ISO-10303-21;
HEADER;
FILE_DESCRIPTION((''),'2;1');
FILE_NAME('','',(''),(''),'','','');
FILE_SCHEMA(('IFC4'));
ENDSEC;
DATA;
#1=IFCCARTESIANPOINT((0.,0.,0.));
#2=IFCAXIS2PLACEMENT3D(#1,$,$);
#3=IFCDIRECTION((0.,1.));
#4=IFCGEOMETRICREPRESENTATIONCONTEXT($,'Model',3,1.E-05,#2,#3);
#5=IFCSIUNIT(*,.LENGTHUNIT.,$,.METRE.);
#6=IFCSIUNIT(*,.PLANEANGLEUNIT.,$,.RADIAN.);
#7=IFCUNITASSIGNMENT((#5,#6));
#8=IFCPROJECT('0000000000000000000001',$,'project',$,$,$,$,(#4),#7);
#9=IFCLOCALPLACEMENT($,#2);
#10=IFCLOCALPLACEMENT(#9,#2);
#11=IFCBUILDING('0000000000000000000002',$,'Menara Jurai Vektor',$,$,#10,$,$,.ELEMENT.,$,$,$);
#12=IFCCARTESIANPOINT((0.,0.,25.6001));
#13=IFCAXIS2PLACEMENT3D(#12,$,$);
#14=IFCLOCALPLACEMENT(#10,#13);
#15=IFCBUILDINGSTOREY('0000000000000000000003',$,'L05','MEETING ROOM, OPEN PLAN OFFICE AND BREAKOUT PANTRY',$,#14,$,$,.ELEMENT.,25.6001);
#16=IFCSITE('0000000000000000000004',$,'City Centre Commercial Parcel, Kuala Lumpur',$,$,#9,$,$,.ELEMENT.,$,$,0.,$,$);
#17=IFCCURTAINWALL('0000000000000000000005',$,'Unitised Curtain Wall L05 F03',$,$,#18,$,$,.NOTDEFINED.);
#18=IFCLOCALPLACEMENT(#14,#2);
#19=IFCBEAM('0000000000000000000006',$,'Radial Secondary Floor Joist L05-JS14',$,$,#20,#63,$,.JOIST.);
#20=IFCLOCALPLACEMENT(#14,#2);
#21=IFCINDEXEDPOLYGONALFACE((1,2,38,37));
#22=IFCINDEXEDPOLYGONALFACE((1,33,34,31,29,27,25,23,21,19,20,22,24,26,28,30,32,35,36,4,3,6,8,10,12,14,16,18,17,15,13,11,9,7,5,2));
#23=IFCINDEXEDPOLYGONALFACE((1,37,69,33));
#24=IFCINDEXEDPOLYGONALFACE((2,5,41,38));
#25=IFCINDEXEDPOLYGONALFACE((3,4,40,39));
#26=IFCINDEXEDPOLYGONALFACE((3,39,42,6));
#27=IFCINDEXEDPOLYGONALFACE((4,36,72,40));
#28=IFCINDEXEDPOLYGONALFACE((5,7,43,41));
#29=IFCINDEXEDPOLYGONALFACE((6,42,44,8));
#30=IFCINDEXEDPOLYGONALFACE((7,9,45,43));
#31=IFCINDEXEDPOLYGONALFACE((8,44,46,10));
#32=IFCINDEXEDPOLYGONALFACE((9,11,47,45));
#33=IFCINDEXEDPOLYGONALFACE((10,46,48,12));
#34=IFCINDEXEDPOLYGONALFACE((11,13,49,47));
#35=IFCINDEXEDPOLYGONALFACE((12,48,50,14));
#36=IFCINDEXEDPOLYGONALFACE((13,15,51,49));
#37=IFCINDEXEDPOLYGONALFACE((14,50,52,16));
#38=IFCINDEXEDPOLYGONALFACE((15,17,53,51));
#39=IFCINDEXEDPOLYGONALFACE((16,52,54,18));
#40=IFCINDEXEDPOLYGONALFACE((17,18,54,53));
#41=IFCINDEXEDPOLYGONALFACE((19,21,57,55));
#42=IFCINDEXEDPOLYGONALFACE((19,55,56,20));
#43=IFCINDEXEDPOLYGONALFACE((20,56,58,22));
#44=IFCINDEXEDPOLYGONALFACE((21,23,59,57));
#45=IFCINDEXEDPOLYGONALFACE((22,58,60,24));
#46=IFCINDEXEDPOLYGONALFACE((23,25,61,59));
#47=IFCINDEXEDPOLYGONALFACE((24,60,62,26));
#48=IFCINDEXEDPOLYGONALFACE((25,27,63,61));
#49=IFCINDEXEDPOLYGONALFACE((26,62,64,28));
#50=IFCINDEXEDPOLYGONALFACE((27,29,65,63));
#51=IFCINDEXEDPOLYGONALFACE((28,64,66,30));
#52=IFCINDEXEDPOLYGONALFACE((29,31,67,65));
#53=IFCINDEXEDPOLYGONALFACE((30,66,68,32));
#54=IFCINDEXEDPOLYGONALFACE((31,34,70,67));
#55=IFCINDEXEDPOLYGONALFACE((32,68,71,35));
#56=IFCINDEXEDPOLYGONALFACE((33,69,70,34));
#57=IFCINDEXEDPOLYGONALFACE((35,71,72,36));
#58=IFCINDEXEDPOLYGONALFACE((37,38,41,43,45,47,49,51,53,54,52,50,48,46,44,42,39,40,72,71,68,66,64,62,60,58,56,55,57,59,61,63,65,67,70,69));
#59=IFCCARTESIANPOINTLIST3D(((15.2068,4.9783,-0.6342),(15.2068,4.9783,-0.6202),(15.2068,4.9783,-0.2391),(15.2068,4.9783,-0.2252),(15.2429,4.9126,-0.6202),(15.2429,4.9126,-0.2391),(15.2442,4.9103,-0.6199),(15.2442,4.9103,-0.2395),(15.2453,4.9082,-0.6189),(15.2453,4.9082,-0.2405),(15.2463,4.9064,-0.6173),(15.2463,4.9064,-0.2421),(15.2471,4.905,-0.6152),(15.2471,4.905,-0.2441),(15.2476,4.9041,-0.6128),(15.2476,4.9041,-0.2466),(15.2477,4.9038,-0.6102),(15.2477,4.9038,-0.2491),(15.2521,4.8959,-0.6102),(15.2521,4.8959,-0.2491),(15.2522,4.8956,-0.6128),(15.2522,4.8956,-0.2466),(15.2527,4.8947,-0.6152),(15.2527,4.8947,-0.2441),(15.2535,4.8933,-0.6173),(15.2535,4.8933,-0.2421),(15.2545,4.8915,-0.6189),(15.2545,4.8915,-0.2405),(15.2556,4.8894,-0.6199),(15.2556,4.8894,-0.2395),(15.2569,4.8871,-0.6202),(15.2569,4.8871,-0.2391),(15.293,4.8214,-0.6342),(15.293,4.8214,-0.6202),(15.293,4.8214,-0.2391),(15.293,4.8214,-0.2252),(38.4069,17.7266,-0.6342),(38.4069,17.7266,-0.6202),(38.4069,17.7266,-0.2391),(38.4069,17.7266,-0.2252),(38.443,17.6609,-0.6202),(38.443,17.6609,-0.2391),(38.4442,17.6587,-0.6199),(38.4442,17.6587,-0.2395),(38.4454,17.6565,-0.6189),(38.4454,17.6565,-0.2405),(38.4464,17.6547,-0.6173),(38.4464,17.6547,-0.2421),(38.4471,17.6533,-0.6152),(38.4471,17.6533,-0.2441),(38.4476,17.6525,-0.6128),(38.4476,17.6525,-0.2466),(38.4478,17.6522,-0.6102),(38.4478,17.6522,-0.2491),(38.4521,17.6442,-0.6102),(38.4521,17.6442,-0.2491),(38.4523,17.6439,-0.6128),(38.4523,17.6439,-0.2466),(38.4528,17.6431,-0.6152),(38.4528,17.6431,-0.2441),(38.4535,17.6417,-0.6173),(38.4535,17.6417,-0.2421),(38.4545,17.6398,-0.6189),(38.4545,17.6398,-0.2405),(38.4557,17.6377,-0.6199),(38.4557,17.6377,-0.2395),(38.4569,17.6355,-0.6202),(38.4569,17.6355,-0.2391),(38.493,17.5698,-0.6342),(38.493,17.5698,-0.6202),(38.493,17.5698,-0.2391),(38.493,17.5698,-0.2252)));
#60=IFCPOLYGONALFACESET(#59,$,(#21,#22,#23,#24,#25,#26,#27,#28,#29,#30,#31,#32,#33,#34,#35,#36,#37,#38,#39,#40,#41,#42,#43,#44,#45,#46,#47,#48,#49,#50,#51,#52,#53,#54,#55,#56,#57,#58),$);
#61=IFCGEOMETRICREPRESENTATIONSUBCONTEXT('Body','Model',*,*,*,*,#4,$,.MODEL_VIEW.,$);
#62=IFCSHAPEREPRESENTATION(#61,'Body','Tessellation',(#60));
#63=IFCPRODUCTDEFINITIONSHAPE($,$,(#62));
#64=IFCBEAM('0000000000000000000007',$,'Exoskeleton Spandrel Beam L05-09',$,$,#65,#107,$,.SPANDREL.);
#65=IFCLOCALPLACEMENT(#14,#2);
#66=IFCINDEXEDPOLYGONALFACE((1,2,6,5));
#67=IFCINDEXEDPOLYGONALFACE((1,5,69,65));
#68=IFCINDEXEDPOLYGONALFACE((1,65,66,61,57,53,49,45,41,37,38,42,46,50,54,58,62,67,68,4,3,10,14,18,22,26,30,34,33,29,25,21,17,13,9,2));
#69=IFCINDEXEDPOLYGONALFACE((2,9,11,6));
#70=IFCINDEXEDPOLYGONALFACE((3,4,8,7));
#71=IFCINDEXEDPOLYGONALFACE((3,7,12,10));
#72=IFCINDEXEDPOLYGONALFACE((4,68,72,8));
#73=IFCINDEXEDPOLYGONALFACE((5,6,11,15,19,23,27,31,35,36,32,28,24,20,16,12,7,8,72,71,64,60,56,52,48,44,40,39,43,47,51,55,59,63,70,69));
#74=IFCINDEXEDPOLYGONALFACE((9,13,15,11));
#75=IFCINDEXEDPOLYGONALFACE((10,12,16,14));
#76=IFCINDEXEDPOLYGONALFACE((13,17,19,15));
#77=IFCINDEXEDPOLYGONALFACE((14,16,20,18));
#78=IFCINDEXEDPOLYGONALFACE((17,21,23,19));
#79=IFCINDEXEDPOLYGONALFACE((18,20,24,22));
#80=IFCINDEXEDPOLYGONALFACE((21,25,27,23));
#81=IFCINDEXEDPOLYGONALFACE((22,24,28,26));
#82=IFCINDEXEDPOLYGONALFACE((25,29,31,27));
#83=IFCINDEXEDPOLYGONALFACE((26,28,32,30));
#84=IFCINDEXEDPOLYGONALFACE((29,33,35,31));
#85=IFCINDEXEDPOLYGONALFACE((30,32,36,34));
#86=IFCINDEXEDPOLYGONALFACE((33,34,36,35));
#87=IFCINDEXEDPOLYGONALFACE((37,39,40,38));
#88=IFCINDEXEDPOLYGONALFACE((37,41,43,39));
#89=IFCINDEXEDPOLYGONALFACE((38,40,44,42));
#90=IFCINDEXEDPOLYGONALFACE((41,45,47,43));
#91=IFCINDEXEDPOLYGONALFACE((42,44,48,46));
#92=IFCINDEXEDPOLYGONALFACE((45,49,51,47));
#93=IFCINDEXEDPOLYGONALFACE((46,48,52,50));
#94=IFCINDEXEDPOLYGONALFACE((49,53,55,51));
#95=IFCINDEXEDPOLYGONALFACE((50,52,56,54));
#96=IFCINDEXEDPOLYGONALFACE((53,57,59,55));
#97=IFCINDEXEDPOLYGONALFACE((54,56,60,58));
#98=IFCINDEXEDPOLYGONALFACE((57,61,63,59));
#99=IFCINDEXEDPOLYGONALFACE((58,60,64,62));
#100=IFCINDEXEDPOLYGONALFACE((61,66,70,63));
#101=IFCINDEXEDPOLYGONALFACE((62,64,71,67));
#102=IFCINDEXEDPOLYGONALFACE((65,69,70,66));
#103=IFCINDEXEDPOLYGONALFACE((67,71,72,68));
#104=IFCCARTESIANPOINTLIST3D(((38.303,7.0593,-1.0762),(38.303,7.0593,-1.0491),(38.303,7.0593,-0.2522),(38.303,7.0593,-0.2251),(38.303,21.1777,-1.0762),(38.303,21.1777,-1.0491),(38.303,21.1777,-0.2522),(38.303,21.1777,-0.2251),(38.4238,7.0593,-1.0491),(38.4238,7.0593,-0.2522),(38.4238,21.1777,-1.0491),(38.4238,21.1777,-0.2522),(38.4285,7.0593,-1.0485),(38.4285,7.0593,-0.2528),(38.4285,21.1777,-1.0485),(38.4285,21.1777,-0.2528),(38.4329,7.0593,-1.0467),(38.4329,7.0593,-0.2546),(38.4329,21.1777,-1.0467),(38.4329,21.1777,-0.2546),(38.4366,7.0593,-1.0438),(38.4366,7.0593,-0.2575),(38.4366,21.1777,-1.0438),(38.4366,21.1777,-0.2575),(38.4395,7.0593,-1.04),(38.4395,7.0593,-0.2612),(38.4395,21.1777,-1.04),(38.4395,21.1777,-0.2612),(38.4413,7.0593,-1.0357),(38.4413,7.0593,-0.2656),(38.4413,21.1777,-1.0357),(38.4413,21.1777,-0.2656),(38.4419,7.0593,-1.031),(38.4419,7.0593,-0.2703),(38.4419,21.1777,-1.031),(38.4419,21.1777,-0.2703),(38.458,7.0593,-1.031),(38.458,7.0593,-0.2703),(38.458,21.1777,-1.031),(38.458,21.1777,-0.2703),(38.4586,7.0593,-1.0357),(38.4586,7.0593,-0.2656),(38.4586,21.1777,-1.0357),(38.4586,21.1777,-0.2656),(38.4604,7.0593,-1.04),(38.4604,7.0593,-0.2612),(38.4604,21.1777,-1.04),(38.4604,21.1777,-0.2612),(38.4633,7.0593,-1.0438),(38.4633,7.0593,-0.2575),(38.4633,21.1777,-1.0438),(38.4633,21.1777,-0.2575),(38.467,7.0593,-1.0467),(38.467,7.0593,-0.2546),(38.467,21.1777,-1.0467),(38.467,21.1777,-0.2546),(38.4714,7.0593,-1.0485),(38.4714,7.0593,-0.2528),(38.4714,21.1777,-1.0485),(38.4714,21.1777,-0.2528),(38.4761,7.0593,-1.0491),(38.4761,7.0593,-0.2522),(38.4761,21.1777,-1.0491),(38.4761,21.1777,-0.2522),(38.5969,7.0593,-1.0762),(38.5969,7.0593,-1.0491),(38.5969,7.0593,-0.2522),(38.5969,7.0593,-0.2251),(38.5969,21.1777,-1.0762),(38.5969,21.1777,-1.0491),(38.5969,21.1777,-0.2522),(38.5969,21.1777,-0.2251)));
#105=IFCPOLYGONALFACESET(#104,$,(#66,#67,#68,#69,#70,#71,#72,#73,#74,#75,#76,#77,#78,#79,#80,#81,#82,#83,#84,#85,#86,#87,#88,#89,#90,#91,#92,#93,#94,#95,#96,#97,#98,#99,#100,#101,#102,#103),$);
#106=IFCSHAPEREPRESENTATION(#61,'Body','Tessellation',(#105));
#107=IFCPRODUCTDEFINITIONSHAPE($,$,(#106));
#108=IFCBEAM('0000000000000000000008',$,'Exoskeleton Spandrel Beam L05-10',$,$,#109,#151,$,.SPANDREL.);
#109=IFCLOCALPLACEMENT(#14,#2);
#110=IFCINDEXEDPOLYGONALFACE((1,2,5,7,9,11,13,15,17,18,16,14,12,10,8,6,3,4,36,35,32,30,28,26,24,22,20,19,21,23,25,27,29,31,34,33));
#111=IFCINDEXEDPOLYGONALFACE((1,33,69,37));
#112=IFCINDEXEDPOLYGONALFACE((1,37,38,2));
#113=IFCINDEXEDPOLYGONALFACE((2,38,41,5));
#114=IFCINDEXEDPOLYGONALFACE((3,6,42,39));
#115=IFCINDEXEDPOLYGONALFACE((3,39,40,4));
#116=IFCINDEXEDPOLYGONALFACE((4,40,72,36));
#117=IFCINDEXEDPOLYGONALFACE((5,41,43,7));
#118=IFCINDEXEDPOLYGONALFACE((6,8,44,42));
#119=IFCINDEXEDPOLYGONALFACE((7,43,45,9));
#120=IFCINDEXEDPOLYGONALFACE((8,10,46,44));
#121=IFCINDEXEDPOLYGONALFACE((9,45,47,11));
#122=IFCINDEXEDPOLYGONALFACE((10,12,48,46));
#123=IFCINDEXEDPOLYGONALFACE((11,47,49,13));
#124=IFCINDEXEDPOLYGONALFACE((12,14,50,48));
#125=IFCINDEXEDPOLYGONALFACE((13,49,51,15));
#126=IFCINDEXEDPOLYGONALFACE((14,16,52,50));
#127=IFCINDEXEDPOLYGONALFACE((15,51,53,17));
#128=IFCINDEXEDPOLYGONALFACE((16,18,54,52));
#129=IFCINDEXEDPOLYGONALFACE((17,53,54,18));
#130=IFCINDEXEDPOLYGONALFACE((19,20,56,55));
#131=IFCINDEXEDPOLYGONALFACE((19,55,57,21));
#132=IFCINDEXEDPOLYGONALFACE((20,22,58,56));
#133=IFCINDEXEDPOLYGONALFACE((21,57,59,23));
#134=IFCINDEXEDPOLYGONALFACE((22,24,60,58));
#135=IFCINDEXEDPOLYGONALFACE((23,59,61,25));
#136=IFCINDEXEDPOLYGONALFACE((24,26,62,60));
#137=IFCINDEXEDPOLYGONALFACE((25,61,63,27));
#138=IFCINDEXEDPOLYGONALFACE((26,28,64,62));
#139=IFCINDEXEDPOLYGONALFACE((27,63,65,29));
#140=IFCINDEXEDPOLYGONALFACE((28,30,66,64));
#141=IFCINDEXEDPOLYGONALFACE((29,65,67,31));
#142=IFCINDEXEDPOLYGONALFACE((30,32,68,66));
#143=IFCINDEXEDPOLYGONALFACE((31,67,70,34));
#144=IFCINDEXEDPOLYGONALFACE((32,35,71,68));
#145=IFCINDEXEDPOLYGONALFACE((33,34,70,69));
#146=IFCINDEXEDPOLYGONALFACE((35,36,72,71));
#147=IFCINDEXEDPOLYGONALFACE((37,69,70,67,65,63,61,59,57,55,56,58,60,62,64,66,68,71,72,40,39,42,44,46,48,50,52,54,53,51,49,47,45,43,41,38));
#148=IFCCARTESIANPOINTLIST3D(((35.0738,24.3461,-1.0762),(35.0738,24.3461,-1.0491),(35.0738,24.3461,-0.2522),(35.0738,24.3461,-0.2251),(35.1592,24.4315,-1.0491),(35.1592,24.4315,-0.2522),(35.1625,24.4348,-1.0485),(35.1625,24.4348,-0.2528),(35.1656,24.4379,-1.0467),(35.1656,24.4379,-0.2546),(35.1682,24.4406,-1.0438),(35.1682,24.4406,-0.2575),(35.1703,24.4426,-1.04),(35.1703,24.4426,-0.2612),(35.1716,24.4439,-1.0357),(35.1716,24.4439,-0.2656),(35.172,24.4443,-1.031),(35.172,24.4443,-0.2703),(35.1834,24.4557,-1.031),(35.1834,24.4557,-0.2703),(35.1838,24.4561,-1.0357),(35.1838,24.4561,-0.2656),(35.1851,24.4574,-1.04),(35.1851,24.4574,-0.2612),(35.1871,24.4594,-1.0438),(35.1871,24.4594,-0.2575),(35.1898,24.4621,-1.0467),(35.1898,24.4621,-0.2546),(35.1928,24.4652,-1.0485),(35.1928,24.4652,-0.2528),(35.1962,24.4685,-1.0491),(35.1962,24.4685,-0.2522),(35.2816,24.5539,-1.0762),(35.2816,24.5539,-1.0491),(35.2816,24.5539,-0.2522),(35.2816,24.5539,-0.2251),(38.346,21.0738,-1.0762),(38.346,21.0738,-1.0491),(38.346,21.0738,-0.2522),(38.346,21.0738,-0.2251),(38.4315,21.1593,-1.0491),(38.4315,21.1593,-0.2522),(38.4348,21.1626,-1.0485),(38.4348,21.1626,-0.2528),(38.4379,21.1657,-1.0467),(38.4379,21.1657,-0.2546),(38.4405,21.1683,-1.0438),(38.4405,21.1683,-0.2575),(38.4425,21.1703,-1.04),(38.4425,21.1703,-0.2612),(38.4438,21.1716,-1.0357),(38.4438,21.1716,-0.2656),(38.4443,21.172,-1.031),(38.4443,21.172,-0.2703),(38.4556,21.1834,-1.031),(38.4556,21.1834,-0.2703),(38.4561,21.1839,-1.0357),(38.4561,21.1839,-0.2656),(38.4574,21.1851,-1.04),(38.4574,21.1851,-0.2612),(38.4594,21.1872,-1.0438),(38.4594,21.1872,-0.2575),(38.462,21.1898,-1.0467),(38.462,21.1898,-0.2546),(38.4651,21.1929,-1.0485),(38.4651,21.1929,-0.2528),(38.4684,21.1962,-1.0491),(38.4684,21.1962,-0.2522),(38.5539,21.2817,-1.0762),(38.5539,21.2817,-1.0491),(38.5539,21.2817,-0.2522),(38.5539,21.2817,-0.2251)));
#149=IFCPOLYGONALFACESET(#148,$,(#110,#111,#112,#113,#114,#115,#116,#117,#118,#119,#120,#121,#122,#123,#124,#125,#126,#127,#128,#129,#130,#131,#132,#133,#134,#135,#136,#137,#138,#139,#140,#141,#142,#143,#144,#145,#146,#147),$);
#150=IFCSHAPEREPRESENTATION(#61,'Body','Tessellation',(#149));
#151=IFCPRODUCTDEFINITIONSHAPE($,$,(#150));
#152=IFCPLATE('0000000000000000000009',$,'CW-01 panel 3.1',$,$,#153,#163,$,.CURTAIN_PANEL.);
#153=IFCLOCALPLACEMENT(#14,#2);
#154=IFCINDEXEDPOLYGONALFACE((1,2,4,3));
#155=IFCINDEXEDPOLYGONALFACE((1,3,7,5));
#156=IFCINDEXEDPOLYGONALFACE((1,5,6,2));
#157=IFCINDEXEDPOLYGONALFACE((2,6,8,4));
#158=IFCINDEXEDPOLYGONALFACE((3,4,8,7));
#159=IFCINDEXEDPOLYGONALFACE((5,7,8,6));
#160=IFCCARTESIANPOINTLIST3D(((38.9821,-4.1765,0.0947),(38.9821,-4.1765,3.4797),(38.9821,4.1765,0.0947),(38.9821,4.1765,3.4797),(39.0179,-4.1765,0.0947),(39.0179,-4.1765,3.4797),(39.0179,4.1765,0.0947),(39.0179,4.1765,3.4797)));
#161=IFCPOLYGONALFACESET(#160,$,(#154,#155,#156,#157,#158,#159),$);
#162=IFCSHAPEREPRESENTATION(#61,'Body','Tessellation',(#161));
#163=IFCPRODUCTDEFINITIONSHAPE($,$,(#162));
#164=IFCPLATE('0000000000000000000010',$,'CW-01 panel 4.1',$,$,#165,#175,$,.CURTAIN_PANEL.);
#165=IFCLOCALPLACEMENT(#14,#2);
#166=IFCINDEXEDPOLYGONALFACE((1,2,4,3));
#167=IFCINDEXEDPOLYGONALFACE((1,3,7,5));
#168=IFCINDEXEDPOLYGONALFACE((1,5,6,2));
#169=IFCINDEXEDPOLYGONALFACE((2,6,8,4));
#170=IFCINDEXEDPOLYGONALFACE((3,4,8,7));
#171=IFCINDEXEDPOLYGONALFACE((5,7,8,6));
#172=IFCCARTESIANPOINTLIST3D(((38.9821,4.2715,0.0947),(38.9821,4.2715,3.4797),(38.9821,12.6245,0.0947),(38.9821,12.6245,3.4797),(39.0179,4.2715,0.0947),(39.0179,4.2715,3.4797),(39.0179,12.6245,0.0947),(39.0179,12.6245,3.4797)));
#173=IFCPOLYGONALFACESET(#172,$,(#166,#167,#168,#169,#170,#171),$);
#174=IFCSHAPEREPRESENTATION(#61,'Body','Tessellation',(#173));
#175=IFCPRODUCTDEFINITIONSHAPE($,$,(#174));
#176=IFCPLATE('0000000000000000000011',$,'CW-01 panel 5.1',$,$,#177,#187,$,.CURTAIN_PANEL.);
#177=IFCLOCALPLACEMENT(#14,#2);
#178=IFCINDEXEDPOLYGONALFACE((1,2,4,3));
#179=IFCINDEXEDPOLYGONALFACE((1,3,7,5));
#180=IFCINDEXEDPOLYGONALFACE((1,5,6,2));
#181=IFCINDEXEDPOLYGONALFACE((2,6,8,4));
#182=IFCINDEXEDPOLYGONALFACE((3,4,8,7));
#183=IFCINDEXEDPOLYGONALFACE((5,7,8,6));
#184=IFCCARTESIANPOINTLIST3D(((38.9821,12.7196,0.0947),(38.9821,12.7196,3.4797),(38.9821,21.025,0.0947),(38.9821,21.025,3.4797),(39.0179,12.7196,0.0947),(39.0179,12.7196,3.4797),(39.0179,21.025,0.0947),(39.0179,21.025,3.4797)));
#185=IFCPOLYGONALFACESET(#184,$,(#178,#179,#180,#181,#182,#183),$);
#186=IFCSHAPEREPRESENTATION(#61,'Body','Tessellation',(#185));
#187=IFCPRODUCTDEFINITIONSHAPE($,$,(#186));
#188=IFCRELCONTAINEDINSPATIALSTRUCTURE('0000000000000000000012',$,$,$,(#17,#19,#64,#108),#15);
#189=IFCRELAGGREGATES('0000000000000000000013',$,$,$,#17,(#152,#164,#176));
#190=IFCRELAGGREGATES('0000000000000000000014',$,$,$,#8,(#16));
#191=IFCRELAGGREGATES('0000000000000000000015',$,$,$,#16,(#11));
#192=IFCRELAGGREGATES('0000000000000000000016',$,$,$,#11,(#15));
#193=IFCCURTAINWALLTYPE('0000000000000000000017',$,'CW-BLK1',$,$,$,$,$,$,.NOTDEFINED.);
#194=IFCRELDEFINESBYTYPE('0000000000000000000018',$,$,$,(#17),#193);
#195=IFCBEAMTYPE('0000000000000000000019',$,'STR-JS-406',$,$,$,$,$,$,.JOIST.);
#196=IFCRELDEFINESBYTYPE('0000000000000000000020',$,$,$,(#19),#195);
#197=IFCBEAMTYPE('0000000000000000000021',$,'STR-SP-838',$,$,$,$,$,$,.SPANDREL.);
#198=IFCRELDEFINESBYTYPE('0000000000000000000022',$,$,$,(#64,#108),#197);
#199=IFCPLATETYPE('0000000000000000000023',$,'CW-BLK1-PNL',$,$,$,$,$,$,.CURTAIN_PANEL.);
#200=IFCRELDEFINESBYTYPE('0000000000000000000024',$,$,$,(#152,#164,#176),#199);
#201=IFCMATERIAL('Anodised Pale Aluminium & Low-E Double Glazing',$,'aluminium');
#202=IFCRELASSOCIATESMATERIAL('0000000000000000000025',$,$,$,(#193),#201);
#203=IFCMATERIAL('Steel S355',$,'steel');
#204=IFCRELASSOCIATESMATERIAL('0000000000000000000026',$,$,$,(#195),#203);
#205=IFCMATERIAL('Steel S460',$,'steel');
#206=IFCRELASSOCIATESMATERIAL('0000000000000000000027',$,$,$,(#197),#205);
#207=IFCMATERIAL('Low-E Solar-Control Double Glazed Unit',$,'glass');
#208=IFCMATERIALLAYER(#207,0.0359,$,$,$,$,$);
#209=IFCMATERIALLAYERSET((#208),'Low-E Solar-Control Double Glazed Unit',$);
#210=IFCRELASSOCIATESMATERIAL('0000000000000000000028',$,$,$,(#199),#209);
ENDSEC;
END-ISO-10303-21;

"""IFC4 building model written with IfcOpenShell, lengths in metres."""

from ifc_helpers import new_model, si_unit, direction, frame, origin, origin_2d, place, context, subcontext, project, spatial, rectangle, i_section, extrude, material, layer, layer_set, material_profile, profile_set, type_object, element, aggregate, save


model = new_model("IFC4")

# Units and contexts
model_context = context("Model", 3, precision=1e-05, world=origin(), true_north=direction((0.0, 1.0)))
body_context = subcontext(model_context, "Body", "Model", "MODEL_VIEW")
ifc_project = project(units=[si_unit("LENGTHUNIT", "METRE"), si_unit("PLANEANGLEUNIT", "RADIAN")], contexts=[model_context])

# Site, building, storey
site_placement = place(None, origin())
site = spatial("IfcSite", under=ifc_project, at=site_placement, Name="City Centre Commercial Parcel, Kuala Lumpur", CompositionType="ELEMENT", RefElevation=0.0)
building_placement = place(site_placement, origin())
building = spatial("IfcBuilding", under=site, at=building_placement, Name="Menara Jurai Vektor", CompositionType="ELEMENT")
storey_placement = place(building_placement, frame((0.0, 0.0, 25.6001)))
storey = spatial("IfcBuildingStorey", under=building, at=storey_placement, Name="L05", Description="MEETING ROOM, OPEN PLAN OFFICE AND BREAKOUT PANTRY", CompositionType="ELEMENT", Elevation=25.6001)

# Shared definitions
ifc_material_1 = material(Name="Steel S460", Category="steel")

# Curtain wall
ifc_material_2 = material(Name="Anodised Pale Aluminium & Low-E Double Glazing", Category="aluminium")
curtain_wall_type = type_object("IfcCurtainWallType", Name="CW-BLK1", PredefinedType="NOTDEFINED", material=ifc_material_2)
curtain_wall_placement = place(storey_placement, origin())
curtain_wall = element("IfcCurtainWall", 1, at=curtain_wall_placement, inside=storey, type_object=curtain_wall_type, Name="Unitised Curtain Wall L05 F03", PredefinedType="NOTDEFINED")

# Beams
ifc_material_3 = material(Name="Steel S355", Category="steel")
ifc_material_profile_1 = material_profile(ifc_material_3, i_section(OverallWidth=0.179, OverallDepth=0.4089, WebThickness=0.009, FlangeThickness=0.0139, FilletRadius=0.01, at=origin_2d()), Name="UKB 406x178x67")
ifc_profile_set_1 = profile_set([ifc_material_profile_1], Name="Steel S355")
beam_type_1 = type_object("IfcBeamType", Name="STR-JS-406", PredefinedType="JOIST", material=ifc_profile_set_1)
beam_1_placement = place(storey_placement, frame((38.45, 17.6482, -0.4297), z_axis=(-0.876402, -0.48158, 0.0), x_axis=(0.48158, -0.876402, 0.0)))
element("IfcBeam", 2, at=beam_1_placement, inside=storey, type_object=beam_type_1, Name="Radial Secondary Floor Joist L05-JS14", PredefinedType="JOIST", context=body_context, shape_type="SweptSolid", body=[
    extrude(i_section(OverallWidth=0.179, OverallDepth=0.4089, WebThickness=0.009, FlangeThickness=0.0139, FilletRadius=0.01, at=origin_2d()), origin(), (0.0, 0.0, 1.0), 26.4719),
])
ifc_material_profile_2 = material_profile(ifc_material_1, i_section(OverallWidth=0.2939, OverallDepth=0.8511, WebThickness=0.0161, FlangeThickness=0.0271, FilletRadius=0.0181, at=origin_2d()), Name="UKB 838x292x226")
ifc_profile_set_2 = profile_set([ifc_material_profile_2], Name="Steel S460")
beam_type_2 = type_object("IfcBeamType", Name="STR-SP-838", PredefinedType="SPANDREL", material=ifc_profile_set_2)
beam_2_placement = place(storey_placement, frame((38.45, 7.0593, -0.6506), z_axis=(0.0, 1.0, 0.0), x_axis=(-1.0, 0.0, 0.0)))
element("IfcBeam", 3, at=beam_2_placement, inside=storey, type_object=beam_type_2, Name="Exoskeleton Spandrel Beam L05-09", PredefinedType="SPANDREL", context=body_context, shape_type="SweptSolid", body=[
    extrude(i_section(OverallWidth=0.2939, OverallDepth=0.8511, WebThickness=0.0161, FlangeThickness=0.0271, FilletRadius=0.0181, at=origin_2d()), origin(), (0.0, 0.0, 1.0), 14.1184),
])
beam_3_placement = place(storey_placement, frame((38.45, 21.1777, -0.6506), z_axis=(-0.707107, 0.707107, 0.0), x_axis=(-0.707107, -0.707107, 0.0)))
element("IfcBeam", 4, at=beam_3_placement, inside=storey, type_object=beam_type_2, Name="Exoskeleton Spandrel Beam L05-10", PredefinedType="SPANDREL", context=body_context, shape_type="SweptSolid", body=[
    extrude(i_section(OverallWidth=0.2939, OverallDepth=0.8511, WebThickness=0.0161, FlangeThickness=0.0271, FilletRadius=0.0181, at=origin_2d()), origin(), (0.0, 0.0, 1.0), 4.6277),
])

# Plates
ifc_material_4 = material(Name="Low-E Solar-Control Double Glazed Unit", Category="glass")
ifc_layer_1 = layer(ifc_material_4, 0.0359)
ifc_layer_set_1 = layer_set([ifc_layer_1], Name="Low-E Solar-Control Double Glazed Unit")
plate_type_1 = type_object("IfcPlateType", Name="CW-BLK1-PNL", PredefinedType="CURTAIN_PANEL", material=ifc_layer_set_1)
plate_1_placement = place(storey_placement, frame((39.0, 0.0, 0.0947), z_axis=(0.0, 0.0, 1.0), x_axis=(0.0, 1.0, 0.0)))
plate_1 = element("IfcPlate", 5, at=plate_1_placement, type_object=plate_type_1, Name="CW-01 panel 3.1", PredefinedType="CURTAIN_PANEL", context=body_context, shape_type="SweptSolid", body=[
    extrude(rectangle(XDim=8.353, YDim=0.0359, at=origin_2d()), origin(), (0.0, 0.0, 1.0), 3.385),
])
plate_2_placement = place(storey_placement, frame((39.0, 8.448, 0.0947), z_axis=(0.0, 0.0, 1.0), x_axis=(0.0, 1.0, 0.0)))
plate_2 = element("IfcPlate", 6, at=plate_2_placement, type_object=plate_type_1, Name="CW-01 panel 4.1", PredefinedType="CURTAIN_PANEL", context=body_context, shape_type="SweptSolid", body=[
    extrude(rectangle(XDim=8.353, YDim=0.0359, at=origin_2d()), origin(), (0.0, 0.0, 1.0), 3.385),
])
plate_3_placement = place(storey_placement, frame((39.0, 16.8723, 0.0947), z_axis=(0.0, 0.0, 1.0), x_axis=(0.0, 1.0, 0.0)))
plate_3 = element("IfcPlate", 7, at=plate_3_placement, type_object=plate_type_1, Name="CW-01 panel 5.1", PredefinedType="CURTAIN_PANEL", context=body_context, shape_type="SweptSolid", body=[
    extrude(rectangle(XDim=8.3054, YDim=0.0359, at=origin_2d()), origin(), (0.0, 0.0, 1.0), 3.385),
])
aggregate(curtain_wall, [plate_1, plate_2, plate_3])

save(model, "model.ifc")
